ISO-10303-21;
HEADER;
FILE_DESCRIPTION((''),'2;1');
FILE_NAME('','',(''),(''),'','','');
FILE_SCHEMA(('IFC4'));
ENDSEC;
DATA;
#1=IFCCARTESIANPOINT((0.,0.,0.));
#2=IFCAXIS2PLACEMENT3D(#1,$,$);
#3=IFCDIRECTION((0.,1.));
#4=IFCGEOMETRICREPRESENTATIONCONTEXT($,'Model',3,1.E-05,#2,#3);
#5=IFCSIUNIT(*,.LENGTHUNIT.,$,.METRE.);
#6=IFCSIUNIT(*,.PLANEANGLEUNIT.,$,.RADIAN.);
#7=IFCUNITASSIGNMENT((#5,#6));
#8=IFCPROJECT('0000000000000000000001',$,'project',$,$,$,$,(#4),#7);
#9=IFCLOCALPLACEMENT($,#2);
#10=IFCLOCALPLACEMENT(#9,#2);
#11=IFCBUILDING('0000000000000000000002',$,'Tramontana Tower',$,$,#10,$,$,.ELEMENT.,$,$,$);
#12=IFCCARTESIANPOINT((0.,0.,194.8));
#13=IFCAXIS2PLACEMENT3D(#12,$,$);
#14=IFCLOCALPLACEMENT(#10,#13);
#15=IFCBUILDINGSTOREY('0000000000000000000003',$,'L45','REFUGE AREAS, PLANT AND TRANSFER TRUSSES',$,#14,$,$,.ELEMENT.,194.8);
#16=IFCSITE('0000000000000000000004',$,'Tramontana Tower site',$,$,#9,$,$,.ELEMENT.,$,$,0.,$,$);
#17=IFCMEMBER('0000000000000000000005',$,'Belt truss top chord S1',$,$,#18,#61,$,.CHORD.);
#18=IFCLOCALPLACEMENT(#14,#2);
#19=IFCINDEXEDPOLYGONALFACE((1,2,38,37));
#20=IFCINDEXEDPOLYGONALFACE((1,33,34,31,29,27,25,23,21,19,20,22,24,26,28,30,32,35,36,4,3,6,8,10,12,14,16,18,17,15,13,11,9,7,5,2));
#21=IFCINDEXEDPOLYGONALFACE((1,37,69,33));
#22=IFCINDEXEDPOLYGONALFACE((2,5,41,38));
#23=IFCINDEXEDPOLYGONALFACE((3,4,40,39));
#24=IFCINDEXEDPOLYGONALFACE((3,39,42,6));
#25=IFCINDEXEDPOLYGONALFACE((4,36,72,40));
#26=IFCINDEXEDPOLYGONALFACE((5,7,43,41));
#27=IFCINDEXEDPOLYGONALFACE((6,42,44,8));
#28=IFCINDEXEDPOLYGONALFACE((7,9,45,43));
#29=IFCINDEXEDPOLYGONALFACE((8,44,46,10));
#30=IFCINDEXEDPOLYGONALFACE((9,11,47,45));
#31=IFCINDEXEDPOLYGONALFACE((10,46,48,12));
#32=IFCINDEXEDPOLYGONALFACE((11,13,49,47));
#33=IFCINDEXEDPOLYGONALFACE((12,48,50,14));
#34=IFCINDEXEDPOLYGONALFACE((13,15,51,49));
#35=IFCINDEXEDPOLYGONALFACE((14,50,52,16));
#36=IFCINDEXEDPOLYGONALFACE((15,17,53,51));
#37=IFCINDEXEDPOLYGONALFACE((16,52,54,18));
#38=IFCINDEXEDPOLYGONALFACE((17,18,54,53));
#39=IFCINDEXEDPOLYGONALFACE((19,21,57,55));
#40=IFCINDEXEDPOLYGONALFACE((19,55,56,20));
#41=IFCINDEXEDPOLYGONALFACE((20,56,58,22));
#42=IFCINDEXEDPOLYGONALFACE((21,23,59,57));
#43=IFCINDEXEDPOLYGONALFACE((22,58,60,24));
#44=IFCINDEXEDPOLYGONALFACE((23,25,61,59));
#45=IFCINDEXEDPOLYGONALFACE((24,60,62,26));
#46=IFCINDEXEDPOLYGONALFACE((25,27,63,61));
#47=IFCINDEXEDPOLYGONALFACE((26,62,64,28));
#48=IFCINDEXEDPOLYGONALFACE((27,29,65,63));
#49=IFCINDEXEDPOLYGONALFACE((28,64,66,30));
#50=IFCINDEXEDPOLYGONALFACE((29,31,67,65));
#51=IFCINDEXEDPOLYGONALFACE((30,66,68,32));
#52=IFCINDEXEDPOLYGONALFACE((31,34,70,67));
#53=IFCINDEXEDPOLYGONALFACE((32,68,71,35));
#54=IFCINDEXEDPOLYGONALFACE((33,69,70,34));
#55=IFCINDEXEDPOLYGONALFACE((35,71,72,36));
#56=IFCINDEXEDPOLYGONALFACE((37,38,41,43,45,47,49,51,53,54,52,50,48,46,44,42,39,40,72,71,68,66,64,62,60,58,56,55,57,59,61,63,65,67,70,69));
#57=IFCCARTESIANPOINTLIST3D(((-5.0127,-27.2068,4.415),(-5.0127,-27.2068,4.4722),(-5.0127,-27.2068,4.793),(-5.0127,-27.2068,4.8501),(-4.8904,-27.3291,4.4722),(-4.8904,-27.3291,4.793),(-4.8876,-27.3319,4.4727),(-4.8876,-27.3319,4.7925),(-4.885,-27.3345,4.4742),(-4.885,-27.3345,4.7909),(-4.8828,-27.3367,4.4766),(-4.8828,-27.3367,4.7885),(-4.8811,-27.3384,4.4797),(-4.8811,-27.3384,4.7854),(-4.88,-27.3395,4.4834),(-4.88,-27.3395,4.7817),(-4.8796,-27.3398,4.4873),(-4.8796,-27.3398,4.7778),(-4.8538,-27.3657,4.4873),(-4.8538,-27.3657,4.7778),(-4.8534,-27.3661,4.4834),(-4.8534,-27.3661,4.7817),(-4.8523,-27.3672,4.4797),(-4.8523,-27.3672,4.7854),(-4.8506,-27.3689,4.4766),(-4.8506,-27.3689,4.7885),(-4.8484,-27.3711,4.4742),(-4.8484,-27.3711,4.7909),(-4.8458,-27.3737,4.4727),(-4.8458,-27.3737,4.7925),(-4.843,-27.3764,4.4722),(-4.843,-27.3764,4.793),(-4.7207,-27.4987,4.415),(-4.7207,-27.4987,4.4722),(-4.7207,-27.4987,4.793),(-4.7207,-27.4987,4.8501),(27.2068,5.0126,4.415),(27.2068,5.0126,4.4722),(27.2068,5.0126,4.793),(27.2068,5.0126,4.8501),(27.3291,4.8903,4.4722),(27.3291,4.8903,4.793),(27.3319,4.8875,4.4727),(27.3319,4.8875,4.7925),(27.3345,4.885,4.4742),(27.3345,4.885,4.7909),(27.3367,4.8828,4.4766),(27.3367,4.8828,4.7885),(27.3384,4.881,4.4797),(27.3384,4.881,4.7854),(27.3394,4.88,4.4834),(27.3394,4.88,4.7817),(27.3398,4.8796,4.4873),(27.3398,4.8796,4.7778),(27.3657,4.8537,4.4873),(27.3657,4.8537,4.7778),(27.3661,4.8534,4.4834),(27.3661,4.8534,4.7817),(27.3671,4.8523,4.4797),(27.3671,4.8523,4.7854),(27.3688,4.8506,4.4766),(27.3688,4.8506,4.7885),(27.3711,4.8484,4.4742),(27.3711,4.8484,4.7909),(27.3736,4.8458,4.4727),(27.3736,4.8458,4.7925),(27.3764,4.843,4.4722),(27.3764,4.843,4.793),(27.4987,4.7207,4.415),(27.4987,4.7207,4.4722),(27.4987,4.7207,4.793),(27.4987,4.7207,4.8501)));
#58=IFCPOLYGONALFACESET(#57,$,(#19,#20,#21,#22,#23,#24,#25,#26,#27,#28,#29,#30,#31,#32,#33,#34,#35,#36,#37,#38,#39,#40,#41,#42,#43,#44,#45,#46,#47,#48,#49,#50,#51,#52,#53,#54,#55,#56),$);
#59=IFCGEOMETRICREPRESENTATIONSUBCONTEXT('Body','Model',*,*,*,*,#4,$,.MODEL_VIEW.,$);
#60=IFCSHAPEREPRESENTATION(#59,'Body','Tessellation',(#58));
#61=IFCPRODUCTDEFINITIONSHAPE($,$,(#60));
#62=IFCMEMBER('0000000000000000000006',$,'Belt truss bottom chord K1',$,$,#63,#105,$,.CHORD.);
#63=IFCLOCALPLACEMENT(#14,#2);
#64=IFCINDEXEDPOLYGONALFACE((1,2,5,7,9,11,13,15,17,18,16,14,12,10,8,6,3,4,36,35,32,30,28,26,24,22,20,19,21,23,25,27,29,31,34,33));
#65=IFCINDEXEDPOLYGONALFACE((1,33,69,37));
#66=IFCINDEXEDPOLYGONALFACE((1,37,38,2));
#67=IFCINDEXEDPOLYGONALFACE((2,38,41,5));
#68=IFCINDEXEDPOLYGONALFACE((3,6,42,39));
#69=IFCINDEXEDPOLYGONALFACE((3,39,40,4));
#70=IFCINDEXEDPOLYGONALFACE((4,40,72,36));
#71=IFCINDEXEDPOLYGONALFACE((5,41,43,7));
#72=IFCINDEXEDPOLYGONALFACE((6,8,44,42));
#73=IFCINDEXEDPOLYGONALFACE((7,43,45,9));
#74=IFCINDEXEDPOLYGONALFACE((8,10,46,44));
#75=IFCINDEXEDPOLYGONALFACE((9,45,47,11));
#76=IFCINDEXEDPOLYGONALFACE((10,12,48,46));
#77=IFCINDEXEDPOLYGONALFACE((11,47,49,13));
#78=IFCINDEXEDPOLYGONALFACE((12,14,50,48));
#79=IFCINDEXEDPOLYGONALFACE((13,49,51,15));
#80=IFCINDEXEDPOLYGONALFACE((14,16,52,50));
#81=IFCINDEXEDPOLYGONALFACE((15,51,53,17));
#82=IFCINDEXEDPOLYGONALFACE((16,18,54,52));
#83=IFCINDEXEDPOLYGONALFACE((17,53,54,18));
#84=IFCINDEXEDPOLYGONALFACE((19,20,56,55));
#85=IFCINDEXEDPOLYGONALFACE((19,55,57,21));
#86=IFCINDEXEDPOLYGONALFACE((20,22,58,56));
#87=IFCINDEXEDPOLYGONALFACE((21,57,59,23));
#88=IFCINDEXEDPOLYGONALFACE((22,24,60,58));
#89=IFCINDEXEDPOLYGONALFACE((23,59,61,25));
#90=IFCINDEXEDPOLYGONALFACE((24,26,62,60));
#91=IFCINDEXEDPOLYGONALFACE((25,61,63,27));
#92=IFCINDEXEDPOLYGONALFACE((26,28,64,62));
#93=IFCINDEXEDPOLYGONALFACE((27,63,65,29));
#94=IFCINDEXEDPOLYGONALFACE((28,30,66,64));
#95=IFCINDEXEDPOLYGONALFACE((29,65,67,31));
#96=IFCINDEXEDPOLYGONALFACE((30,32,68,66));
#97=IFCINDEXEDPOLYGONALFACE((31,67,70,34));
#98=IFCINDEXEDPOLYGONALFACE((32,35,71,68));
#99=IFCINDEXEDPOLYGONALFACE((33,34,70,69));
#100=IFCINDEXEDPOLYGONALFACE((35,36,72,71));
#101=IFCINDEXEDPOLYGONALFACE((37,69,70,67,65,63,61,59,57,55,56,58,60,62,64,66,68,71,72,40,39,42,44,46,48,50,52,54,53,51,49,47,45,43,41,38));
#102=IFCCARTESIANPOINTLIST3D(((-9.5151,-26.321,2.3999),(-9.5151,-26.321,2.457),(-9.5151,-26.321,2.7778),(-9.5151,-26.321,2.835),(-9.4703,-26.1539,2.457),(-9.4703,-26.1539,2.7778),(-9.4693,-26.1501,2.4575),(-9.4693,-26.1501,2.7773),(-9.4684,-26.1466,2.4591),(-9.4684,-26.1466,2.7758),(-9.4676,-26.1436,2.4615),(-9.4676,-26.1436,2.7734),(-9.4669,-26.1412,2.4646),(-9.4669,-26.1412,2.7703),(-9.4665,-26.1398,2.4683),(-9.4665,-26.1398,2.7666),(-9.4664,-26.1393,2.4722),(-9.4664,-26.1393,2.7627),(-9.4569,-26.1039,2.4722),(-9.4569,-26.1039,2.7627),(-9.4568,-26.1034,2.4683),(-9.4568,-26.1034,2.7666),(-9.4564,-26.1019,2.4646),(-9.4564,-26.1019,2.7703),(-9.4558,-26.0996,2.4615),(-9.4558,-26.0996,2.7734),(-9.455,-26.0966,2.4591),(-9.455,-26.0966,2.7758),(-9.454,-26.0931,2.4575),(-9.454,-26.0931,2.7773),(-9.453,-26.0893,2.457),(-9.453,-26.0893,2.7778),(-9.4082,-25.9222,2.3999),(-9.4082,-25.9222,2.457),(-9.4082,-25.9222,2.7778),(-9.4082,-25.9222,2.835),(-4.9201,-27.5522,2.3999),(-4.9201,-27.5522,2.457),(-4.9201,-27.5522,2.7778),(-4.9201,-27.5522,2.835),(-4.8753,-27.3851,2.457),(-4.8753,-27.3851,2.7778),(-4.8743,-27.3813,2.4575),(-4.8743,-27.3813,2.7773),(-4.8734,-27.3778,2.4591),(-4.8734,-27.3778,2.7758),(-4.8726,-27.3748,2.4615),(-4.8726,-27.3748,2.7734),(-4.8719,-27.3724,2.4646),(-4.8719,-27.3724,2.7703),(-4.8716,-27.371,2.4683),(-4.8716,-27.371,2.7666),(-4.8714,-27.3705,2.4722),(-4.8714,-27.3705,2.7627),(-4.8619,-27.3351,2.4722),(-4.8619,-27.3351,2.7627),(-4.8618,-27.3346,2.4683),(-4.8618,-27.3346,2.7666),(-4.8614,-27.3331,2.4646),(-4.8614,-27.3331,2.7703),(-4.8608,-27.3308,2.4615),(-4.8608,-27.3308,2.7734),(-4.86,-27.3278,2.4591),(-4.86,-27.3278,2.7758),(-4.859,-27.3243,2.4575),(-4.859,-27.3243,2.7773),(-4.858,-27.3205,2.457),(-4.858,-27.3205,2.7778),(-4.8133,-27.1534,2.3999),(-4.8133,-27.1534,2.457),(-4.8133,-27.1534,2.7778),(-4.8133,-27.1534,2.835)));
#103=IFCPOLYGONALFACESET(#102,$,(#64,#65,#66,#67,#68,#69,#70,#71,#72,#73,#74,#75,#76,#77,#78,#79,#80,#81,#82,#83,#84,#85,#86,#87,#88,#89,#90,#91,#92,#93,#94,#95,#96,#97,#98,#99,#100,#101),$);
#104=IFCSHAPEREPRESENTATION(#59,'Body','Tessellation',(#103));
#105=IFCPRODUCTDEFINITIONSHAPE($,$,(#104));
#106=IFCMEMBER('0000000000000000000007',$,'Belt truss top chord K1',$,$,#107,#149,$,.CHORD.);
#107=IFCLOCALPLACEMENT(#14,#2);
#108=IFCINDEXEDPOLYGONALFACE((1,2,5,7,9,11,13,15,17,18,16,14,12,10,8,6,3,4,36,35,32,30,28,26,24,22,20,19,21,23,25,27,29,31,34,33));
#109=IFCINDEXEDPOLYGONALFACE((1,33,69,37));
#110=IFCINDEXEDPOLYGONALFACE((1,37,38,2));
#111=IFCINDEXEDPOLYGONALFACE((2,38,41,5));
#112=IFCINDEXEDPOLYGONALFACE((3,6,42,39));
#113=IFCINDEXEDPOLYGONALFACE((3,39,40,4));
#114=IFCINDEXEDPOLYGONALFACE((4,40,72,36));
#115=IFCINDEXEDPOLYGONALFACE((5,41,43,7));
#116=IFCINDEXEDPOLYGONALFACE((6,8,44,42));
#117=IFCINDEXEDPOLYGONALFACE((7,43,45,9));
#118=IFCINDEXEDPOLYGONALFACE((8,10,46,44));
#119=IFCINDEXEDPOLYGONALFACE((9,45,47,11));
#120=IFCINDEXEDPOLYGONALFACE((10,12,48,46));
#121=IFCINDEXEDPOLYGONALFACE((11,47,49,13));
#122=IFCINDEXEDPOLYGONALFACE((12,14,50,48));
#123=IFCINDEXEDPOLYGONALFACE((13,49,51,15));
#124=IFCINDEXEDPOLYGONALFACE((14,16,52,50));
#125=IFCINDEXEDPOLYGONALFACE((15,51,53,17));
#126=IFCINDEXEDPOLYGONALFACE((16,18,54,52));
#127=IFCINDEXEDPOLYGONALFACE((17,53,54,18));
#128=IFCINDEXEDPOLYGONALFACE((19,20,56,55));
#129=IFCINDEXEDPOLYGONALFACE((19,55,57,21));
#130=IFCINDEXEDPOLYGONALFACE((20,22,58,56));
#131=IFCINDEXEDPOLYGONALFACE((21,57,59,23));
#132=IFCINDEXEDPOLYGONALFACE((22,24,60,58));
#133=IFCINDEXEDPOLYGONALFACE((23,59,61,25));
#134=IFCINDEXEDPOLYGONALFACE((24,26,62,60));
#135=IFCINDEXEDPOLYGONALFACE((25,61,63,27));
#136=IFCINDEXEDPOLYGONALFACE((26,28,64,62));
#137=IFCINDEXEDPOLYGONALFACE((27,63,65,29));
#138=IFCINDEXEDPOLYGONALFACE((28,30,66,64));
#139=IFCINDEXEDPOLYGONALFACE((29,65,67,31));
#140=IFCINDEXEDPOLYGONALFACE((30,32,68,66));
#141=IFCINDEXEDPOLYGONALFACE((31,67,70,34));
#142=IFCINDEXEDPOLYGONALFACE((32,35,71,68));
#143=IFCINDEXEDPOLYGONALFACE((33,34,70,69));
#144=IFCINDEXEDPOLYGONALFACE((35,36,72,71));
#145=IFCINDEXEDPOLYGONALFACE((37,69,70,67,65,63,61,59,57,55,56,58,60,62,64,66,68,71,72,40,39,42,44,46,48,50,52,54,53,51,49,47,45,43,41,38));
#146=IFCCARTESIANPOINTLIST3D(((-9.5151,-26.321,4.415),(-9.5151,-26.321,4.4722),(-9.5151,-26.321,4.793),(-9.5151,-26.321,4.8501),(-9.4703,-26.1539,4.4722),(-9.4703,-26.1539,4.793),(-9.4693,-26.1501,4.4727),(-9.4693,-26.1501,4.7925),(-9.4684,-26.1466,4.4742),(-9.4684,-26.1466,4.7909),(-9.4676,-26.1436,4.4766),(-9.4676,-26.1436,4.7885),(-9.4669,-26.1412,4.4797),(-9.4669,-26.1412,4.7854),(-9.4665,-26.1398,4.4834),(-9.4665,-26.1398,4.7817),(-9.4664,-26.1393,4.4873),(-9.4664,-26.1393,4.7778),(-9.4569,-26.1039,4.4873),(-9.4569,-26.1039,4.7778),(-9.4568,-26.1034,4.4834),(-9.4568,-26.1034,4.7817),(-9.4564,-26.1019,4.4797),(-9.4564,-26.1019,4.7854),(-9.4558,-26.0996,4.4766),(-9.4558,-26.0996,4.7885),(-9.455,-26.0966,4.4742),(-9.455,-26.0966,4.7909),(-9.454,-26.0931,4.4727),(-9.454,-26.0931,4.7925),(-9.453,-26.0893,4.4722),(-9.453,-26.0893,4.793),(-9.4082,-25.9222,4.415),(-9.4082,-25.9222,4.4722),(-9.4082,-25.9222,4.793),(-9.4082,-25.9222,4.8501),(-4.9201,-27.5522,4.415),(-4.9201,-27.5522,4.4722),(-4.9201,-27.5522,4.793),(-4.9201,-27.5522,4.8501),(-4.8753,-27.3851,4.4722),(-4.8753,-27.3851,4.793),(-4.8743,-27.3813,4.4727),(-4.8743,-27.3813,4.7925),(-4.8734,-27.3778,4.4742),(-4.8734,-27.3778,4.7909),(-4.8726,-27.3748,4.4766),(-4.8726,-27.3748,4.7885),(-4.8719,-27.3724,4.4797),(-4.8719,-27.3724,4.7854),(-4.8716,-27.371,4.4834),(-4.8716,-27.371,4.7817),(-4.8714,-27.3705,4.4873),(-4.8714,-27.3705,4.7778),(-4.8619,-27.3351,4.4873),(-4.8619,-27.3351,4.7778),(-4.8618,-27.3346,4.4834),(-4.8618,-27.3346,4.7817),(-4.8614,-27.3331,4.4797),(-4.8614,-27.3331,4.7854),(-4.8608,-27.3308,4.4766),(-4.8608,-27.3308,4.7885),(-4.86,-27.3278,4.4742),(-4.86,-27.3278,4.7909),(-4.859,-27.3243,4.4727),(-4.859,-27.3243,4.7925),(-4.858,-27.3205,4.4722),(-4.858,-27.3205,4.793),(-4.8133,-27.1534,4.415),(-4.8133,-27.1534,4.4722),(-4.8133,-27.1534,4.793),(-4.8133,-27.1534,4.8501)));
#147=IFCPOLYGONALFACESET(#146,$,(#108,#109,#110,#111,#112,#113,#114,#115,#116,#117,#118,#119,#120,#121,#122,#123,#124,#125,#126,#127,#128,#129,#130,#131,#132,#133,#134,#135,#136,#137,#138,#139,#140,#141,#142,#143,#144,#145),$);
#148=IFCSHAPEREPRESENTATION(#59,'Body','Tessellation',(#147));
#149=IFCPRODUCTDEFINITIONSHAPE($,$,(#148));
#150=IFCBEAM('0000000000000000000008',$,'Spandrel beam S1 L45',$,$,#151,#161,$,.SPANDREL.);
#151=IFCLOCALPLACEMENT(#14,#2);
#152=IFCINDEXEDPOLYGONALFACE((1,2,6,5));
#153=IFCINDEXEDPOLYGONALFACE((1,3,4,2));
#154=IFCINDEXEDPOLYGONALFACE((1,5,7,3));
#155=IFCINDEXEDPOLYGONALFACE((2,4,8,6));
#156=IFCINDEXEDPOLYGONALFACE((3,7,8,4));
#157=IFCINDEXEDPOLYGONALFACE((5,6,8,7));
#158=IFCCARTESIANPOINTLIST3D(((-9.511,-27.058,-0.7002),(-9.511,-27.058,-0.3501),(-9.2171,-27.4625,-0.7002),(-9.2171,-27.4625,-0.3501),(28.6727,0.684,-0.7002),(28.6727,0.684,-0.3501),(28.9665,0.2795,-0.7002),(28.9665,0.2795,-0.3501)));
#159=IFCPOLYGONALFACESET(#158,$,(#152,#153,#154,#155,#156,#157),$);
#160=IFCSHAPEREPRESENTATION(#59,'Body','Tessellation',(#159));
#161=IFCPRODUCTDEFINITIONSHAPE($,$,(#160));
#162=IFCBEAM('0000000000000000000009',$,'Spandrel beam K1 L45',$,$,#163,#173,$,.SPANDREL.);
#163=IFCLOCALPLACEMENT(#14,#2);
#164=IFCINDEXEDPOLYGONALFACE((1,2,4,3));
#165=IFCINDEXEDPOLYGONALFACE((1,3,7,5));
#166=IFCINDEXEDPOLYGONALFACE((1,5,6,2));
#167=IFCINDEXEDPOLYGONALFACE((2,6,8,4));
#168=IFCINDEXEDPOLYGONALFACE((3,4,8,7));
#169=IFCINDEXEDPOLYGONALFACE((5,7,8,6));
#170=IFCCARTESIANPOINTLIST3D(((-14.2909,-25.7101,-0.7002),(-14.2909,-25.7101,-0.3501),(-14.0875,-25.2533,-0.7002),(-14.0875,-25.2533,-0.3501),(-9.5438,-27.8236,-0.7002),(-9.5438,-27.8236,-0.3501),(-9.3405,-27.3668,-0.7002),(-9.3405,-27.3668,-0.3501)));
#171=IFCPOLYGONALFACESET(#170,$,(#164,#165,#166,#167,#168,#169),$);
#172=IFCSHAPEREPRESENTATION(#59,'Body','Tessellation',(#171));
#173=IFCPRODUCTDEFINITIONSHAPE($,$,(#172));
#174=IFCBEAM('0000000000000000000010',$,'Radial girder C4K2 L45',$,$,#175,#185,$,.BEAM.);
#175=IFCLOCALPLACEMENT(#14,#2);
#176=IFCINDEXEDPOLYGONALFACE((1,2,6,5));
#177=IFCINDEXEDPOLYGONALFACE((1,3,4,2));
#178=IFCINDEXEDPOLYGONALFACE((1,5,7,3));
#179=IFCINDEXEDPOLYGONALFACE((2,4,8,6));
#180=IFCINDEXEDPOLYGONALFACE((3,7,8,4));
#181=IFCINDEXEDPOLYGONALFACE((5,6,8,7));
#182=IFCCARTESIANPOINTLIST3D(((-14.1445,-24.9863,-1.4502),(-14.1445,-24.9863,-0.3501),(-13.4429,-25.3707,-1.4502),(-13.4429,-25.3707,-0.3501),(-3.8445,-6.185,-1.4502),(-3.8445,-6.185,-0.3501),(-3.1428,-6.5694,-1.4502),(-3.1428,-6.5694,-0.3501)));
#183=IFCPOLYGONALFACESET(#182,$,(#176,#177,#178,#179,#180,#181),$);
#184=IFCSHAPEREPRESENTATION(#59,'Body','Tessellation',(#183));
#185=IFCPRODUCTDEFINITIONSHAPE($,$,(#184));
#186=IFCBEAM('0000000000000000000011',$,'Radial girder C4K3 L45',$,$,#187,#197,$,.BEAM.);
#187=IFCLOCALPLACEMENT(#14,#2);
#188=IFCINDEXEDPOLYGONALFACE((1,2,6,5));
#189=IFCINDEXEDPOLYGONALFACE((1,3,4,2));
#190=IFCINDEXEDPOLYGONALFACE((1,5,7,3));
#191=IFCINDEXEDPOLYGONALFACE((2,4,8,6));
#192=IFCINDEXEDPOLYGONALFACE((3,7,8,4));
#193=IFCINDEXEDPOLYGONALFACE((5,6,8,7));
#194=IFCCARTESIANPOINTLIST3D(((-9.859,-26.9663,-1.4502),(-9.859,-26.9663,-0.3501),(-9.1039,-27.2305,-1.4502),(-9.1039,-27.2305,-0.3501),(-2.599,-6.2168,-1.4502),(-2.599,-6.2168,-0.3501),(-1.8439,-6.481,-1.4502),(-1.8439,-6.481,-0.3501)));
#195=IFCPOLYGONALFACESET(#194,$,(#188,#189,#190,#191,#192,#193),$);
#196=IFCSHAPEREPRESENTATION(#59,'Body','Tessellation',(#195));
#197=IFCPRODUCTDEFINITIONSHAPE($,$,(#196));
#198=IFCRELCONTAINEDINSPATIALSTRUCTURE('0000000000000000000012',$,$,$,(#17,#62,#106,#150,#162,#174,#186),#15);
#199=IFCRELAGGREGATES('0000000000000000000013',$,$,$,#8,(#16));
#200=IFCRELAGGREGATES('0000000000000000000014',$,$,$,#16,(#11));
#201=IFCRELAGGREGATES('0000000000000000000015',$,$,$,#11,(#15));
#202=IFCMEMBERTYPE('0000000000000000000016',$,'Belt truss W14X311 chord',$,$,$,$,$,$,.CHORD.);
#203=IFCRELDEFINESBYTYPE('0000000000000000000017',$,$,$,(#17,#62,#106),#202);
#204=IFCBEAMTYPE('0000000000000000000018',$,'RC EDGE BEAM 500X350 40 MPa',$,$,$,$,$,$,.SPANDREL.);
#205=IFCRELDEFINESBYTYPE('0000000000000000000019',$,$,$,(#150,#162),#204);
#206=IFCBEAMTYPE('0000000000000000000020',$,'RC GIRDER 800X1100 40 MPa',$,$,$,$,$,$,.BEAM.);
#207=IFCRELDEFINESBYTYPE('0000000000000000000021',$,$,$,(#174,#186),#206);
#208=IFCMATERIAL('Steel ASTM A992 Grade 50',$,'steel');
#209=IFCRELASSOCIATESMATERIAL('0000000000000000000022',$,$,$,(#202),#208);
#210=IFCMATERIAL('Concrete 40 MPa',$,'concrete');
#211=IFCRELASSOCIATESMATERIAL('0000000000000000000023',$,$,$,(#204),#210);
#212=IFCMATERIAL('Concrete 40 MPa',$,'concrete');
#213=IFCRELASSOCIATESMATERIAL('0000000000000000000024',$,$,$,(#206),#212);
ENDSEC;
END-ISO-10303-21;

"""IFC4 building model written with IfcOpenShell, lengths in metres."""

from ifc_helpers import new_model, si_unit, direction, frame, origin, origin_2d, place, context, subcontext, project, spatial, rectangle, i_section, extrude, material, material_profile, profile_set, type_object, element, save


model = new_model("IFC4")

# Units and contexts
model_context = context("Model", 3, precision=1e-05, world=origin(), true_north=direction((0.0, 1.0)))
body_context = subcontext(model_context, "Body", "Model", "MODEL_VIEW")
ifc_project = project(units=[si_unit("LENGTHUNIT", "METRE"), si_unit("PLANEANGLEUNIT", "RADIAN")], contexts=[model_context])

# Site, building, storey
site_placement = place(None, origin())
site = spatial("IfcSite", under=ifc_project, at=site_placement, Name="Tramontana Tower site", CompositionType="ELEMENT", RefElevation=0.0)
building_placement = place(site_placement, origin())
building = spatial("IfcBuilding", under=site, at=building_placement, Name="Tramontana Tower", CompositionType="ELEMENT")
storey_placement = place(building_placement, frame((0.0, 0.0, 194.8)))
storey = spatial("IfcBuildingStorey", under=building, at=storey_placement, Name="L45", Description="REFUGE AREAS, PLANT AND TRANSFER TRUSSES", CompositionType="ELEMENT", Elevation=194.8)

# Members
ifc_material_1 = material(Name="Steel ASTM A992 Grade 50", Category="steel")
ifc_material_profile_1 = material_profile(ifc_material_1, i_section(OverallWidth=0.4128, OverallDepth=0.4351, WebThickness=0.0366, FlangeThickness=0.0571, FilletRadius=0.0151, at=origin_2d()), Name="W14X311")
ifc_profile_set_1 = profile_set([ifc_material_profile_1], Name="Steel ASTM A992 Grade 50")
member_type_1 = type_object("IfcMemberType", Name="Belt truss W14X311 chord", PredefinedType="CHORD", material=ifc_profile_set_1)
for number, where, z_axis, x_axis, name in (
    (1, (-4.8667, -27.3528, 4.6326), (0.707107, 0.707107, 0.0), (-0.707107, 0.707107, 0.0), "Belt truss top chord S1"),
):
    element("IfcMember", number, at=place(storey_placement, frame(where, z_axis=z_axis, x_axis=x_axis)), inside=storey, type_object=member_type_1, Name=name, PredefinedType="CHORD", context=body_context, shape_type="SweptSolid", body=[
        extrude(i_section(OverallWidth=0.4128, OverallDepth=0.4351, WebThickness=0.0366, FlangeThickness=0.0571, FilletRadius=0.0151, at=origin_2d()), origin(), (0.0, 0.0, 1.0), 45.5652),
    ])
for number, where, z_axis, x_axis, name in (
    (2, (-9.4617, -26.1216, 2.6174), (0.965927, -0.258816, 0.0), (0.258816, 0.965927, 0.0), "Belt truss bottom chord K1"),
    (3, (-9.4617, -26.1216, 4.6326), (0.965927, -0.258816, 0.0), (0.258816, 0.965927, 0.0), "Belt truss top chord K1"),
):
    element("IfcMember", number, at=place(storey_placement, frame(where, z_axis=z_axis, x_axis=x_axis)), inside=storey, type_object=member_type_1, Name=name, PredefinedType="CHORD", context=body_context, shape_type="SweptSolid", body=[
        extrude(i_section(OverallWidth=0.4128, OverallDepth=0.4351, WebThickness=0.0366, FlangeThickness=0.0571, FilletRadius=0.0151, at=origin_2d()), origin(), (0.0, 0.0, 1.0), 4.7571),
    ])

# Beams
ifc_material_2 = material(Name="Concrete 40 MPa", Category="concrete")
ifc_material_profile_2 = material_profile(ifc_material_2, rectangle(XDim=0.5, YDim=0.3501, at=origin_2d()), Name="RC EDGE BEAM 500X350 40 MPa")
ifc_profile_set_2 = profile_set([ifc_material_profile_2], Name="Concrete 40 MPa")
beam_type_1 = type_object("IfcBeamType", Name="RC EDGE BEAM 500X350 40 MPa", PredefinedType="SPANDREL", material=ifc_profile_set_2)
beam_1_placement = place(storey_placement, frame((-9.364, -27.2603, -0.5251), z_axis=(0.809018, 0.587784, 0.0), x_axis=(-0.587784, 0.809018, 0.0)))
element("IfcBeam", 4, at=beam_1_placement, inside=storey, type_object=beam_type_1, Name="Spandrel beam S1 L45", PredefinedType="SPANDREL", context=body_context, shape_type="SweptSolid", body=[
    extrude(rectangle(XDim=0.5, YDim=0.3501, at=origin_2d()), origin(), (0.0, 0.0, 1.0), 47.1975),
])
beam_2_placement = place(storey_placement, frame((-14.1892, -25.4817, -0.5251), z_axis=(0.913546, -0.406736, 0.0), x_axis=(0.406736, 0.913546, 0.0)))
element("IfcBeam", 5, at=beam_2_placement, inside=storey, type_object=beam_type_1, Name="Spandrel beam K1 L45", PredefinedType="SPANDREL", context=body_context, shape_type="SweptSolid", body=[
    extrude(rectangle(XDim=0.5, YDim=0.3501, at=origin_2d()), origin(), (0.0, 0.0, 1.0), 5.1963),
])
ifc_material_3 = material(Name="Concrete 40 MPa", Category="concrete")
ifc_material_profile_3 = material_profile(ifc_material_3, rectangle(XDim=0.8, YDim=1.1001, at=origin_2d()), Name="RC GIRDER 800X1100 40 MPa")
ifc_profile_set_3 = profile_set([ifc_material_profile_3], Name="Concrete 40 MPa")
beam_type_2 = type_object("IfcBeamType", Name="RC GIRDER 800X1100 40 MPa", PredefinedType="BEAM", material=ifc_profile_set_3)
beam_3_placement = place(storey_placement, frame((-13.7937, -25.1785, -0.9001), z_axis=(0.480462, 0.877015, 0.0), x_axis=(-0.877015, 0.480462, 0.0)))
element("IfcBeam", 6, at=beam_3_placement, inside=storey, type_object=beam_type_2, Name="Radial girder C4K2 L45", PredefinedType="BEAM", context=body_context, shape_type="SweptSolid", body=[
    extrude(rectangle(XDim=0.8, YDim=1.1001, at=origin_2d()), origin(), (0.0, 0.0, 1.0), 21.4377),
])
beam_4_placement = place(storey_placement, frame((-9.4814, -27.0984, -0.9001), z_axis=(0.330256, 0.943891, 0.0), x_axis=(-0.943891, 0.330256, 0.0)))
element("IfcBeam", 7, at=beam_4_placement, inside=storey, type_object=beam_type_2, Name="Radial girder C4K3 L45", PredefinedType="BEAM", context=body_context, shape_type="SweptSolid", body=[
    extrude(rectangle(XDim=0.8, YDim=1.1001, at=origin_2d()), origin(), (0.0, 0.0, 1.0), 21.9829),
])

save(model, "model.ifc")
